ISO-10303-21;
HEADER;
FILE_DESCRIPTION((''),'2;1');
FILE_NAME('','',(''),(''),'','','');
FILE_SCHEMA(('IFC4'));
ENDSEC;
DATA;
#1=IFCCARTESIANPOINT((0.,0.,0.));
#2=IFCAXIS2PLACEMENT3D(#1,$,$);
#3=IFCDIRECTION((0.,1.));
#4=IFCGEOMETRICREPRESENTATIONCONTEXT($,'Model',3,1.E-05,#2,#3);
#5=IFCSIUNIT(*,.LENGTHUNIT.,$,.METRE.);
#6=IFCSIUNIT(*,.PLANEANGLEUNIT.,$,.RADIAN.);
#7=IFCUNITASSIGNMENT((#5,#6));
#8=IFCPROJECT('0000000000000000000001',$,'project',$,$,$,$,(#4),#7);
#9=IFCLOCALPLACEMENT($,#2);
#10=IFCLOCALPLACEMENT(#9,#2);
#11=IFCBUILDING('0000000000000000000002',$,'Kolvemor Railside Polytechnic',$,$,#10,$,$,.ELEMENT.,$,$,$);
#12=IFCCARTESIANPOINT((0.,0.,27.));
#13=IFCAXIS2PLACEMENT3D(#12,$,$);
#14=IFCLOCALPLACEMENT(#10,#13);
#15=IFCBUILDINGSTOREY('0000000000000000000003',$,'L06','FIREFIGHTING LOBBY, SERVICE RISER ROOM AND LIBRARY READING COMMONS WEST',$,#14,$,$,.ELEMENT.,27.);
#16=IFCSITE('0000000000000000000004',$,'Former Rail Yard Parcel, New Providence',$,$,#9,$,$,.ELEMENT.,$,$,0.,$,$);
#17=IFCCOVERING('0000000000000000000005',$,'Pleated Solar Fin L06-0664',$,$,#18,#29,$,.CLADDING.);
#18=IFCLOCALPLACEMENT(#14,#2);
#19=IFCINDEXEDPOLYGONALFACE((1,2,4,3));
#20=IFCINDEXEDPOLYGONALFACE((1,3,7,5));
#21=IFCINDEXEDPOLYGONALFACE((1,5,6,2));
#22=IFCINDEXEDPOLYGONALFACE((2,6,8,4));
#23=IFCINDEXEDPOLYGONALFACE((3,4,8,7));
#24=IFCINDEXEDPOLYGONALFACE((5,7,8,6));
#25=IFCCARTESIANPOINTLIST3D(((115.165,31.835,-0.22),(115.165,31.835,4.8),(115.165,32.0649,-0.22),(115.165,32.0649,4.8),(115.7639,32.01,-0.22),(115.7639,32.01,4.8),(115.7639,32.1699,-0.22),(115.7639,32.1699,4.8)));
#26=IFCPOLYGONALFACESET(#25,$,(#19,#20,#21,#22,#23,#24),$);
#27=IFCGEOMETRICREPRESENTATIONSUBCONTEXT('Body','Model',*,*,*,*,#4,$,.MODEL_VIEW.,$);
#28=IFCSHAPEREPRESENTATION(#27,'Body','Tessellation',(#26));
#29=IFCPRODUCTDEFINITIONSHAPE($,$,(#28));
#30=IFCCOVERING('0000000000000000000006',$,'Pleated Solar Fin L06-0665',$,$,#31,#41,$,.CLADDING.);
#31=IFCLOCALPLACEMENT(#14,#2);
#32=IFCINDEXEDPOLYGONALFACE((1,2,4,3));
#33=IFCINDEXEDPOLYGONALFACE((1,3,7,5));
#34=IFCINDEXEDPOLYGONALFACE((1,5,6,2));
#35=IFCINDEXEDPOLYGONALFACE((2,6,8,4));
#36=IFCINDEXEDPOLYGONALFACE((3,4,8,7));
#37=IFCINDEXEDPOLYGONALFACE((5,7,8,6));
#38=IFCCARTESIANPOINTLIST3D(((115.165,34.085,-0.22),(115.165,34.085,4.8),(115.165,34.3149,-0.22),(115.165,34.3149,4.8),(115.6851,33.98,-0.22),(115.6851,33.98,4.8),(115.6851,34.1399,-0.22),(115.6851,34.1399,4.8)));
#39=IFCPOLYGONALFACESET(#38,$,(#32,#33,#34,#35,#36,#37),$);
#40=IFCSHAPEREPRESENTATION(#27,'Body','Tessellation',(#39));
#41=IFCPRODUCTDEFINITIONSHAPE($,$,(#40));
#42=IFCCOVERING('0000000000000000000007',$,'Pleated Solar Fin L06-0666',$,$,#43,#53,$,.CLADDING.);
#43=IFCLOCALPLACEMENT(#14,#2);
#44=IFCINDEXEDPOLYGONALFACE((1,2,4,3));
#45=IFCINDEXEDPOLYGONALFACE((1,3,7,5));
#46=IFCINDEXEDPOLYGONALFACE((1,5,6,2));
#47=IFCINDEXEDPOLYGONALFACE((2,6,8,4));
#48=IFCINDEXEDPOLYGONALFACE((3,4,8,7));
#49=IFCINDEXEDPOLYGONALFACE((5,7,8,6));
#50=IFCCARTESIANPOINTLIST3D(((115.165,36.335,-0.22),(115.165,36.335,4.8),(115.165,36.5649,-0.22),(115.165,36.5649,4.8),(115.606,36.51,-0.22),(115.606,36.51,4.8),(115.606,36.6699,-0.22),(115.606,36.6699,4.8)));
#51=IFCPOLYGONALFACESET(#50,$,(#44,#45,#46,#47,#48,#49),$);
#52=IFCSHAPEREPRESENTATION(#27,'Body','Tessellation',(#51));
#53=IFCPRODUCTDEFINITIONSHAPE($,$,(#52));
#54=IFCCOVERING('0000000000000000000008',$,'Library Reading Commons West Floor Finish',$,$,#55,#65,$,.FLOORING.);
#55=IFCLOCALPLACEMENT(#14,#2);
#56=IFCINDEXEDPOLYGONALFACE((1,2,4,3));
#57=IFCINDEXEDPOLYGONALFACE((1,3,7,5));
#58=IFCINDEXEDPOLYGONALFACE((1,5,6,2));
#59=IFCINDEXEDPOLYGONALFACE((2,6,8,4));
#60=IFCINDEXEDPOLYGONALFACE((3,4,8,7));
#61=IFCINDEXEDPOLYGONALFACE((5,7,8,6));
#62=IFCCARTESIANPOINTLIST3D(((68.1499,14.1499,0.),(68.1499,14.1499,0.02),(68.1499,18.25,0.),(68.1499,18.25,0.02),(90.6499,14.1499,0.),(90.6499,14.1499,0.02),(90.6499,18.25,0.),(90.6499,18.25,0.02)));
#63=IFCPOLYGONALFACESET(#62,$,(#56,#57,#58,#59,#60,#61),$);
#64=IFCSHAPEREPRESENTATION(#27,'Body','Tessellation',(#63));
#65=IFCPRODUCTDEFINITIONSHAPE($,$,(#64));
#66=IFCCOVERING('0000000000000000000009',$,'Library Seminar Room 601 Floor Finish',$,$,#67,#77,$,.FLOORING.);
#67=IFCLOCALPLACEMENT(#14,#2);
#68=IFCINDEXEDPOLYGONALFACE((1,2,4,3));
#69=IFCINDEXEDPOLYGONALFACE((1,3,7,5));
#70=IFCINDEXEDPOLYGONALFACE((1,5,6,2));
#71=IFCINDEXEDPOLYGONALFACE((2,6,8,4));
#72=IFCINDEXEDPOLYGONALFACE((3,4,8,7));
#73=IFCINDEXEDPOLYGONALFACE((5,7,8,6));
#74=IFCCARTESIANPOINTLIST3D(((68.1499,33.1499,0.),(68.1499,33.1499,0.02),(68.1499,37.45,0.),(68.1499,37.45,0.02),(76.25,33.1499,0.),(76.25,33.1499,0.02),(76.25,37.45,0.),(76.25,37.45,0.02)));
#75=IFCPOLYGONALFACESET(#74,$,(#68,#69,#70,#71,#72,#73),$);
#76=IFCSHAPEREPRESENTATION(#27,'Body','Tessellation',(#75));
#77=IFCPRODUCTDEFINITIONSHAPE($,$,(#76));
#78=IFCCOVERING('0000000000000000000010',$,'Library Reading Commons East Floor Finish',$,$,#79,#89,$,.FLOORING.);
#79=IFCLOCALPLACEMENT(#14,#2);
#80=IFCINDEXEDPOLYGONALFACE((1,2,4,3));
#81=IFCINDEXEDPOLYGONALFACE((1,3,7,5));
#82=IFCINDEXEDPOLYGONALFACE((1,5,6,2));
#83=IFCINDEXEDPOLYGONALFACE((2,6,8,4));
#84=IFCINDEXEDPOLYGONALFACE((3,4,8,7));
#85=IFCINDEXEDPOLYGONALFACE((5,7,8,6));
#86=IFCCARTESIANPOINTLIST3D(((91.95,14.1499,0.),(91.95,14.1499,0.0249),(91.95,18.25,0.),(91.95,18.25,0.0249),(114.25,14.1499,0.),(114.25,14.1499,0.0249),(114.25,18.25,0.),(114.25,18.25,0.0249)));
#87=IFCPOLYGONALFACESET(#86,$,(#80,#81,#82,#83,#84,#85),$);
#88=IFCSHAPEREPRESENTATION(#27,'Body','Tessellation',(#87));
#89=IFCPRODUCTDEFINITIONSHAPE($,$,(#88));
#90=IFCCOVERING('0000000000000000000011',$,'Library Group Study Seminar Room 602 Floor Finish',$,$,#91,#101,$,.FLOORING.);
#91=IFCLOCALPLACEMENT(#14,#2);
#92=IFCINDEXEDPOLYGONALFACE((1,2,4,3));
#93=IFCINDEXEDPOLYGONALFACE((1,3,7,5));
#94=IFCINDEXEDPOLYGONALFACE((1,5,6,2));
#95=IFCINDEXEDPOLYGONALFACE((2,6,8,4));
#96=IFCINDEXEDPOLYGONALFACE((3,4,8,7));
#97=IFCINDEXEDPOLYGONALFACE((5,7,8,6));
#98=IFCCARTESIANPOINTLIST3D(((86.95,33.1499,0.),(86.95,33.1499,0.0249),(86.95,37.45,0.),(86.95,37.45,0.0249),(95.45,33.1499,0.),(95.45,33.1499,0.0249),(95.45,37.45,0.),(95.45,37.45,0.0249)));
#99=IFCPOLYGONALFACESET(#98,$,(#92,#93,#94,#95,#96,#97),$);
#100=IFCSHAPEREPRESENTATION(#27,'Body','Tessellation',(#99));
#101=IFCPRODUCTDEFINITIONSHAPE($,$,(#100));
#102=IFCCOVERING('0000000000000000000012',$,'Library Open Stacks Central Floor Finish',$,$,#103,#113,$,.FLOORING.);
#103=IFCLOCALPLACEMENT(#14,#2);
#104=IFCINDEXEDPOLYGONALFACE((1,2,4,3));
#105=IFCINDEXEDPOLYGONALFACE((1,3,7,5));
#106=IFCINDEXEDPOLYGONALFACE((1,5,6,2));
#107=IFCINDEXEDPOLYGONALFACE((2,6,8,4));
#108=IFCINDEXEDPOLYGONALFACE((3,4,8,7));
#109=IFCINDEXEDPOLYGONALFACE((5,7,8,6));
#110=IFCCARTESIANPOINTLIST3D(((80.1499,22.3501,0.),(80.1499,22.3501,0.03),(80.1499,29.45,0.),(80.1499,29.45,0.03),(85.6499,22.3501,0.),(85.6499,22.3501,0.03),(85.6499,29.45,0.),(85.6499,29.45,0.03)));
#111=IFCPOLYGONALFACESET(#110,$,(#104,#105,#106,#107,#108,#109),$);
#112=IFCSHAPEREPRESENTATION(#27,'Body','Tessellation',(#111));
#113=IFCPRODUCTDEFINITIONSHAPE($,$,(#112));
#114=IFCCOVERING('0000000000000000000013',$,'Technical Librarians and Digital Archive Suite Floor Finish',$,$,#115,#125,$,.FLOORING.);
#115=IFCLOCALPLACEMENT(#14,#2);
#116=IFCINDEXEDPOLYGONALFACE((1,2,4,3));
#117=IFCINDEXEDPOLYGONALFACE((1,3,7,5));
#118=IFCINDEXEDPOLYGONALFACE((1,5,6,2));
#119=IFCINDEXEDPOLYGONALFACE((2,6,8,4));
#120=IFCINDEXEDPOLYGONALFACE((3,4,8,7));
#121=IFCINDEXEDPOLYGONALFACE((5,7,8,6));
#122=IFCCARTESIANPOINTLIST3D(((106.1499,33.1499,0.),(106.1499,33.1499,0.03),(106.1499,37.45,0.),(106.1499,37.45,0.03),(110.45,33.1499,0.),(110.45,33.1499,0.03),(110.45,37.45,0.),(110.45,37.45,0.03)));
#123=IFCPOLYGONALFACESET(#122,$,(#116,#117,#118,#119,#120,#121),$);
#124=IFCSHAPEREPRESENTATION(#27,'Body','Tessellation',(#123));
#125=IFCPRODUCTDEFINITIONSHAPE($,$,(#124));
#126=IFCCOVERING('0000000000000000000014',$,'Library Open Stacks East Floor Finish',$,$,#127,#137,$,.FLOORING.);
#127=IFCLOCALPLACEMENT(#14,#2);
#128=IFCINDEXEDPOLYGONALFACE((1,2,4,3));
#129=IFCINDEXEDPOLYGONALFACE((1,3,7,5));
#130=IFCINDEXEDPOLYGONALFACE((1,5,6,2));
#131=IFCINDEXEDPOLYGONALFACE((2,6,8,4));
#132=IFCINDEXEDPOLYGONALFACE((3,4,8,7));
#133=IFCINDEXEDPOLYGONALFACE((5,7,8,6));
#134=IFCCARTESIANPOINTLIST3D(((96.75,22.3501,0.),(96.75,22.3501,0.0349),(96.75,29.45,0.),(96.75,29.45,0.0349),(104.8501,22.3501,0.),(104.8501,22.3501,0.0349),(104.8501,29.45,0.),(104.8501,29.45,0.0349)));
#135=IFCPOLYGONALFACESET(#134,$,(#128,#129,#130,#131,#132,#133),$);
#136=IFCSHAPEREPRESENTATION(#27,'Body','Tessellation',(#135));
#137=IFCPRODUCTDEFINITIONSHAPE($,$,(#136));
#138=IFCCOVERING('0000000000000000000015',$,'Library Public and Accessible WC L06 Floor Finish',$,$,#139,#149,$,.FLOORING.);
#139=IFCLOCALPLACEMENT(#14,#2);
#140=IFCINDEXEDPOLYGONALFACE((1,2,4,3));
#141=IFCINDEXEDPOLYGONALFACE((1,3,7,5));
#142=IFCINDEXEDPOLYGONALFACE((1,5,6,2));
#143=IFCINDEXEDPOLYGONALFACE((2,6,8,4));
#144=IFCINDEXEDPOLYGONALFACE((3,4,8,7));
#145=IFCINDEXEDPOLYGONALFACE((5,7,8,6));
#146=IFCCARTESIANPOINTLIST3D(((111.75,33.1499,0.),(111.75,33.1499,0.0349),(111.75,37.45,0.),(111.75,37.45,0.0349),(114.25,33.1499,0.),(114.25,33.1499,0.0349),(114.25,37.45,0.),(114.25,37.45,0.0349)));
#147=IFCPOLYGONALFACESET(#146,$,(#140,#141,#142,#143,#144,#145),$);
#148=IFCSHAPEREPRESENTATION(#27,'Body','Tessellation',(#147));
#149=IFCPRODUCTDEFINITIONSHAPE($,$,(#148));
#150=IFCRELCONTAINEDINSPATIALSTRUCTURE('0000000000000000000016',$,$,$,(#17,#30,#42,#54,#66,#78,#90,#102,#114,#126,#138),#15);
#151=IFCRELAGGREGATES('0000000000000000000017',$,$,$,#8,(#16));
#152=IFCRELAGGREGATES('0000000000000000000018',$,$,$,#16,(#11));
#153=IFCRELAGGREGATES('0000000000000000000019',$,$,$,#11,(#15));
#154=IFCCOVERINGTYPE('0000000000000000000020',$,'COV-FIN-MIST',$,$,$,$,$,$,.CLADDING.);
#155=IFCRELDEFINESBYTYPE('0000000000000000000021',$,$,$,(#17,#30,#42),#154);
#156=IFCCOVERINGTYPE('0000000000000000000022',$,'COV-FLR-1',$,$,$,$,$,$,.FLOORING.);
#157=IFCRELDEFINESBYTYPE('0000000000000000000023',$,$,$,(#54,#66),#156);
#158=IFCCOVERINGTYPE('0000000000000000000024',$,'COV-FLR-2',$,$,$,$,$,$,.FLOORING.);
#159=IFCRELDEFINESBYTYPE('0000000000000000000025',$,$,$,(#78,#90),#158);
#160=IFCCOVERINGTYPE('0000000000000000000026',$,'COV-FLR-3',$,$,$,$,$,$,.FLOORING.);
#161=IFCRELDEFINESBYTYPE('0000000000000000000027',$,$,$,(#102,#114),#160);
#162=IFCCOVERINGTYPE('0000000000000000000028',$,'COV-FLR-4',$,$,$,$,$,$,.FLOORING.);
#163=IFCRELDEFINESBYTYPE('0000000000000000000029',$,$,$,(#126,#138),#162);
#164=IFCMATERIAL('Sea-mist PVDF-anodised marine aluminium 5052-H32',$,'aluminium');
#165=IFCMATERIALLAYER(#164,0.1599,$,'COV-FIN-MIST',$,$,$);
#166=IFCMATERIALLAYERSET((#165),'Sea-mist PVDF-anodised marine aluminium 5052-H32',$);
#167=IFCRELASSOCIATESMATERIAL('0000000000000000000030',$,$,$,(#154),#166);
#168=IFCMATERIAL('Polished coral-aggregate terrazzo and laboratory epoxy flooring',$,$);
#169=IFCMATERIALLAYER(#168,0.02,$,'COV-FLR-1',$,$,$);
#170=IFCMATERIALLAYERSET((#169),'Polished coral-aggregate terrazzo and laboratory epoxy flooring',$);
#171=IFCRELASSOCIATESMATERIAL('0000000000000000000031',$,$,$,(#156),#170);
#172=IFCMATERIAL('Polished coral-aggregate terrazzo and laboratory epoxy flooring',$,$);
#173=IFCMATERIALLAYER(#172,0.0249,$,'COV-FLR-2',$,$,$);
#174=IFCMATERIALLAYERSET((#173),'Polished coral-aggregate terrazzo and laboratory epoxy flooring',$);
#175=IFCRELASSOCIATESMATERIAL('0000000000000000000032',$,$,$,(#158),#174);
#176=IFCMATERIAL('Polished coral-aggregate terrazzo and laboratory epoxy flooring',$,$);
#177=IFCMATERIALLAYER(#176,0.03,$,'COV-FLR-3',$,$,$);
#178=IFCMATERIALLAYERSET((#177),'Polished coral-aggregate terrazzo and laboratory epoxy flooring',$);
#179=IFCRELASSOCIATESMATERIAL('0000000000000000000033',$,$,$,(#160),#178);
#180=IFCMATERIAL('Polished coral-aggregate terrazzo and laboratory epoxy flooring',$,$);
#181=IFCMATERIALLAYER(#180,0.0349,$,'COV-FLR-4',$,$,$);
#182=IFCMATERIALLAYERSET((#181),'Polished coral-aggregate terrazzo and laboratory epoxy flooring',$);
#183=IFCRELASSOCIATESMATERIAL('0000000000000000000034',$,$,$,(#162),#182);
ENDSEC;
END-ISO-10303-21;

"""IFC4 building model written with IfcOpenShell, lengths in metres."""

from ifc_helpers import new_model, si_unit, direction, frame, origin, place, context, subcontext, project, spatial, polyline, outline, extrude, material, layer, layer_set, type_object, element, save


model = new_model("IFC4")

# Units and contexts
model_context = context("Model", 3, precision=1e-05, world=origin(), true_north=direction((0.0, 1.0)))
body_context = subcontext(model_context, "Body", "Model", "MODEL_VIEW")
ifc_project = project(units=[si_unit("LENGTHUNIT", "METRE"), si_unit("PLANEANGLEUNIT", "RADIAN")], contexts=[model_context])

# Site, building, storey
site_placement = place(None, origin())
site = spatial("IfcSite", under=ifc_project, at=site_placement, Name="Former Rail Yard Parcel, New Providence", CompositionType="ELEMENT", RefElevation=0.0)
building_placement = place(site_placement, origin())
building = spatial("IfcBuilding", under=site, at=building_placement, Name="Kolvemor Railside Polytechnic", CompositionType="ELEMENT")
storey_placement = place(building_placement, frame((0.0, 0.0, 27.0)))
storey = spatial("IfcBuildingStorey", under=building, at=storey_placement, Name="L06", Description="FIREFIGHTING LOBBY, SERVICE RISER ROOM AND LIBRARY READING COMMONS WEST", CompositionType="ELEMENT", Elevation=27.0)

# Coverings
ifc_material_1 = material(Name="Sea-mist PVDF-anodised marine aluminium 5052-H32", Category="aluminium")
ifc_layer_1 = layer(ifc_material_1, 0.1599, Name="COV-FIN-MIST")
ifc_layer_set_1 = layer_set([ifc_layer_1], Name="Sea-mist PVDF-anodised marine aluminium 5052-H32")
covering_type_1 = type_object("IfcCoveringType", Name="COV-FIN-MIST", PredefinedType="CLADDING", material=ifc_layer_set_1)
covering_1_placement = place(storey_placement, frame((0.0, 0.0, -0.22)))
element("IfcCovering", 1, at=covering_1_placement, inside=storey, type_object=covering_type_1, Name="Pleated Solar Fin L06-0664", PredefinedType="CLADDING", context=body_context, shape_type="SweptSolid", body=[
    extrude(outline(polyline([(115.165, 31.835), (115.165, 32.0649), (115.7639, 32.1699), (115.7639, 32.01), (115.165, 31.835)])), origin(), (0.0, 0.0, 1.0), 5.02),
])
covering_2_placement = place(storey_placement, frame((0.0, 0.0, -0.22)))
element("IfcCovering", 2, at=covering_2_placement, inside=storey, type_object=covering_type_1, Name="Pleated Solar Fin L06-0665", PredefinedType="CLADDING", context=body_context, shape_type="SweptSolid", body=[
    extrude(outline(polyline([(115.165, 34.085), (115.165, 34.3149), (115.6851, 34.1399), (115.6851, 33.98), (115.165, 34.085)])), origin(), (0.0, 0.0, 1.0), 5.02),
])
covering_3_placement = place(storey_placement, frame((0.0, 0.0, -0.22)))
element("IfcCovering", 3, at=covering_3_placement, inside=storey, type_object=covering_type_1, Name="Pleated Solar Fin L06-0666", PredefinedType="CLADDING", context=body_context, shape_type="SweptSolid", body=[
    extrude(outline(polyline([(115.165, 36.335), (115.165, 36.5649), (115.606, 36.6699), (115.606, 36.51), (115.165, 36.335)])), origin(), (0.0, 0.0, 1.0), 5.02),
])
ifc_material_2 = material(Name="Polished coral-aggregate terrazzo and laboratory epoxy flooring")
ifc_layer_2 = layer(ifc_material_2, 0.02, Name="COV-FLR-1")
ifc_layer_set_2 = layer_set([ifc_layer_2], Name="Polished coral-aggregate terrazzo and laboratory epoxy flooring")
covering_type_2 = type_object("IfcCoveringType", Name="COV-FLR-1", PredefinedType="FLOORING", material=ifc_layer_set_2)
covering_4_placement = place(storey_placement, origin())
element("IfcCovering", 4, at=covering_4_placement, inside=storey, type_object=covering_type_2, Name="Library Reading Commons West Floor Finish", PredefinedType="FLOORING", context=body_context, shape_type="SweptSolid", body=[
    extrude(outline(polyline([(68.1499, 14.1499), (90.6499, 14.1499), (90.6499, 18.25), (68.1499, 18.25), (68.1499, 14.1499)])), origin(), (0.0, 0.0, 1.0), 0.02),
])
covering_5_placement = place(storey_placement, origin())
element("IfcCovering", 5, at=covering_5_placement, inside=storey, type_object=covering_type_2, Name="Library Seminar Room 601 Floor Finish", PredefinedType="FLOORING", context=body_context, shape_type="SweptSolid", body=[
    extrude(outline(polyline([(68.1499, 33.1499), (76.25, 33.1499), (76.25, 37.45), (68.1499, 37.45), (68.1499, 33.1499)])), origin(), (0.0, 0.0, 1.0), 0.02),
])
ifc_material_3 = material(Name="Polished coral-aggregate terrazzo and laboratory epoxy flooring")
ifc_layer_3 = layer(ifc_material_3, 0.0249, Name="COV-FLR-2")
ifc_layer_set_3 = layer_set([ifc_layer_3], Name="Polished coral-aggregate terrazzo and laboratory epoxy flooring")
covering_type_3 = type_object("IfcCoveringType", Name="COV-FLR-2", PredefinedType="FLOORING", material=ifc_layer_set_3)
covering_6_placement = place(storey_placement, origin())
element("IfcCovering", 6, at=covering_6_placement, inside=storey, type_object=covering_type_3, Name="Library Reading Commons East Floor Finish", PredefinedType="FLOORING", context=body_context, shape_type="SweptSolid", body=[
    extrude(outline(polyline([(91.95, 14.1499), (114.25, 14.1499), (114.25, 18.25), (91.95, 18.25), (91.95, 14.1499)])), origin(), (0.0, 0.0, 1.0), 0.0249),
])
covering_7_placement = place(storey_placement, origin())
element("IfcCovering", 7, at=covering_7_placement, inside=storey, type_object=covering_type_3, Name="Library Group Study Seminar Room 602 Floor Finish", PredefinedType="FLOORING", context=body_context, shape_type="SweptSolid", body=[
    extrude(outline(polyline([(86.95, 33.1499), (95.45, 33.1499), (95.45, 37.45), (86.95, 37.45), (86.95, 33.1499)])), origin(), (0.0, 0.0, 1.0), 0.0249),
])
ifc_material_4 = material(Name="Polished coral-aggregate terrazzo and laboratory epoxy flooring")
ifc_layer_4 = layer(ifc_material_4, 0.03, Name="COV-FLR-3")
ifc_layer_set_4 = layer_set([ifc_layer_4], Name="Polished coral-aggregate terrazzo and laboratory epoxy flooring")
covering_type_4 = type_object("IfcCoveringType", Name="COV-FLR-3", PredefinedType="FLOORING", material=ifc_layer_set_4)
covering_8_placement = place(storey_placement, origin())
element("IfcCovering", 8, at=covering_8_placement, inside=storey, type_object=covering_type_4, Name="Library Open Stacks Central Floor Finish", PredefinedType="FLOORING", context=body_context, shape_type="SweptSolid", body=[
    extrude(outline(polyline([(80.1499, 22.3501), (85.6499, 22.3501), (85.6499, 29.45), (80.1499, 29.45), (80.1499, 22.3501)])), origin(), (0.0, 0.0, 1.0), 0.03),
])
covering_9_placement = place(storey_placement, origin())
element("IfcCovering", 9, at=covering_9_placement, inside=storey, type_object=covering_type_4, Name="Technical Librarians and Digital Archive Suite Floor Finish", PredefinedType="FLOORING", context=body_context, shape_type="SweptSolid", body=[
    extrude(outline(polyline([(106.1499, 33.1499), (110.45, 33.1499), (110.45, 37.45), (106.1499, 37.45), (106.1499, 33.1499)])), origin(), (0.0, 0.0, 1.0), 0.03),
])
ifc_material_5 = material(Name="Polished coral-aggregate terrazzo and laboratory epoxy flooring")
ifc_layer_5 = layer(ifc_material_5, 0.0349, Name="COV-FLR-4")
ifc_layer_set_5 = layer_set([ifc_layer_5], Name="Polished coral-aggregate terrazzo and laboratory epoxy flooring")
covering_type_5 = type_object("IfcCoveringType", Name="COV-FLR-4", PredefinedType="FLOORING", material=ifc_layer_set_5)
covering_10_placement = place(storey_placement, origin())
element("IfcCovering", 10, at=covering_10_placement, inside=storey, type_object=covering_type_5, Name="Library Open Stacks East Floor Finish", PredefinedType="FLOORING", context=body_context, shape_type="SweptSolid", body=[
    extrude(outline(polyline([(96.75, 22.3501), (104.8501, 22.3501), (104.8501, 29.45), (96.75, 29.45), (96.75, 22.3501)])), origin(), (0.0, 0.0, 1.0), 0.0349),
])
covering_11_placement = place(storey_placement, origin())
element("IfcCovering", 11, at=covering_11_placement, inside=storey, type_object=covering_type_5, Name="Library Public and Accessible WC L06 Floor Finish", PredefinedType="FLOORING", context=body_context, shape_type="SweptSolid", body=[
    extrude(outline(polyline([(111.75, 33.1499), (114.25, 33.1499), (114.25, 37.45), (111.75, 37.45), (111.75, 33.1499)])), origin(), (0.0, 0.0, 1.0), 0.0349),
])

save(model, "model.ifc")
